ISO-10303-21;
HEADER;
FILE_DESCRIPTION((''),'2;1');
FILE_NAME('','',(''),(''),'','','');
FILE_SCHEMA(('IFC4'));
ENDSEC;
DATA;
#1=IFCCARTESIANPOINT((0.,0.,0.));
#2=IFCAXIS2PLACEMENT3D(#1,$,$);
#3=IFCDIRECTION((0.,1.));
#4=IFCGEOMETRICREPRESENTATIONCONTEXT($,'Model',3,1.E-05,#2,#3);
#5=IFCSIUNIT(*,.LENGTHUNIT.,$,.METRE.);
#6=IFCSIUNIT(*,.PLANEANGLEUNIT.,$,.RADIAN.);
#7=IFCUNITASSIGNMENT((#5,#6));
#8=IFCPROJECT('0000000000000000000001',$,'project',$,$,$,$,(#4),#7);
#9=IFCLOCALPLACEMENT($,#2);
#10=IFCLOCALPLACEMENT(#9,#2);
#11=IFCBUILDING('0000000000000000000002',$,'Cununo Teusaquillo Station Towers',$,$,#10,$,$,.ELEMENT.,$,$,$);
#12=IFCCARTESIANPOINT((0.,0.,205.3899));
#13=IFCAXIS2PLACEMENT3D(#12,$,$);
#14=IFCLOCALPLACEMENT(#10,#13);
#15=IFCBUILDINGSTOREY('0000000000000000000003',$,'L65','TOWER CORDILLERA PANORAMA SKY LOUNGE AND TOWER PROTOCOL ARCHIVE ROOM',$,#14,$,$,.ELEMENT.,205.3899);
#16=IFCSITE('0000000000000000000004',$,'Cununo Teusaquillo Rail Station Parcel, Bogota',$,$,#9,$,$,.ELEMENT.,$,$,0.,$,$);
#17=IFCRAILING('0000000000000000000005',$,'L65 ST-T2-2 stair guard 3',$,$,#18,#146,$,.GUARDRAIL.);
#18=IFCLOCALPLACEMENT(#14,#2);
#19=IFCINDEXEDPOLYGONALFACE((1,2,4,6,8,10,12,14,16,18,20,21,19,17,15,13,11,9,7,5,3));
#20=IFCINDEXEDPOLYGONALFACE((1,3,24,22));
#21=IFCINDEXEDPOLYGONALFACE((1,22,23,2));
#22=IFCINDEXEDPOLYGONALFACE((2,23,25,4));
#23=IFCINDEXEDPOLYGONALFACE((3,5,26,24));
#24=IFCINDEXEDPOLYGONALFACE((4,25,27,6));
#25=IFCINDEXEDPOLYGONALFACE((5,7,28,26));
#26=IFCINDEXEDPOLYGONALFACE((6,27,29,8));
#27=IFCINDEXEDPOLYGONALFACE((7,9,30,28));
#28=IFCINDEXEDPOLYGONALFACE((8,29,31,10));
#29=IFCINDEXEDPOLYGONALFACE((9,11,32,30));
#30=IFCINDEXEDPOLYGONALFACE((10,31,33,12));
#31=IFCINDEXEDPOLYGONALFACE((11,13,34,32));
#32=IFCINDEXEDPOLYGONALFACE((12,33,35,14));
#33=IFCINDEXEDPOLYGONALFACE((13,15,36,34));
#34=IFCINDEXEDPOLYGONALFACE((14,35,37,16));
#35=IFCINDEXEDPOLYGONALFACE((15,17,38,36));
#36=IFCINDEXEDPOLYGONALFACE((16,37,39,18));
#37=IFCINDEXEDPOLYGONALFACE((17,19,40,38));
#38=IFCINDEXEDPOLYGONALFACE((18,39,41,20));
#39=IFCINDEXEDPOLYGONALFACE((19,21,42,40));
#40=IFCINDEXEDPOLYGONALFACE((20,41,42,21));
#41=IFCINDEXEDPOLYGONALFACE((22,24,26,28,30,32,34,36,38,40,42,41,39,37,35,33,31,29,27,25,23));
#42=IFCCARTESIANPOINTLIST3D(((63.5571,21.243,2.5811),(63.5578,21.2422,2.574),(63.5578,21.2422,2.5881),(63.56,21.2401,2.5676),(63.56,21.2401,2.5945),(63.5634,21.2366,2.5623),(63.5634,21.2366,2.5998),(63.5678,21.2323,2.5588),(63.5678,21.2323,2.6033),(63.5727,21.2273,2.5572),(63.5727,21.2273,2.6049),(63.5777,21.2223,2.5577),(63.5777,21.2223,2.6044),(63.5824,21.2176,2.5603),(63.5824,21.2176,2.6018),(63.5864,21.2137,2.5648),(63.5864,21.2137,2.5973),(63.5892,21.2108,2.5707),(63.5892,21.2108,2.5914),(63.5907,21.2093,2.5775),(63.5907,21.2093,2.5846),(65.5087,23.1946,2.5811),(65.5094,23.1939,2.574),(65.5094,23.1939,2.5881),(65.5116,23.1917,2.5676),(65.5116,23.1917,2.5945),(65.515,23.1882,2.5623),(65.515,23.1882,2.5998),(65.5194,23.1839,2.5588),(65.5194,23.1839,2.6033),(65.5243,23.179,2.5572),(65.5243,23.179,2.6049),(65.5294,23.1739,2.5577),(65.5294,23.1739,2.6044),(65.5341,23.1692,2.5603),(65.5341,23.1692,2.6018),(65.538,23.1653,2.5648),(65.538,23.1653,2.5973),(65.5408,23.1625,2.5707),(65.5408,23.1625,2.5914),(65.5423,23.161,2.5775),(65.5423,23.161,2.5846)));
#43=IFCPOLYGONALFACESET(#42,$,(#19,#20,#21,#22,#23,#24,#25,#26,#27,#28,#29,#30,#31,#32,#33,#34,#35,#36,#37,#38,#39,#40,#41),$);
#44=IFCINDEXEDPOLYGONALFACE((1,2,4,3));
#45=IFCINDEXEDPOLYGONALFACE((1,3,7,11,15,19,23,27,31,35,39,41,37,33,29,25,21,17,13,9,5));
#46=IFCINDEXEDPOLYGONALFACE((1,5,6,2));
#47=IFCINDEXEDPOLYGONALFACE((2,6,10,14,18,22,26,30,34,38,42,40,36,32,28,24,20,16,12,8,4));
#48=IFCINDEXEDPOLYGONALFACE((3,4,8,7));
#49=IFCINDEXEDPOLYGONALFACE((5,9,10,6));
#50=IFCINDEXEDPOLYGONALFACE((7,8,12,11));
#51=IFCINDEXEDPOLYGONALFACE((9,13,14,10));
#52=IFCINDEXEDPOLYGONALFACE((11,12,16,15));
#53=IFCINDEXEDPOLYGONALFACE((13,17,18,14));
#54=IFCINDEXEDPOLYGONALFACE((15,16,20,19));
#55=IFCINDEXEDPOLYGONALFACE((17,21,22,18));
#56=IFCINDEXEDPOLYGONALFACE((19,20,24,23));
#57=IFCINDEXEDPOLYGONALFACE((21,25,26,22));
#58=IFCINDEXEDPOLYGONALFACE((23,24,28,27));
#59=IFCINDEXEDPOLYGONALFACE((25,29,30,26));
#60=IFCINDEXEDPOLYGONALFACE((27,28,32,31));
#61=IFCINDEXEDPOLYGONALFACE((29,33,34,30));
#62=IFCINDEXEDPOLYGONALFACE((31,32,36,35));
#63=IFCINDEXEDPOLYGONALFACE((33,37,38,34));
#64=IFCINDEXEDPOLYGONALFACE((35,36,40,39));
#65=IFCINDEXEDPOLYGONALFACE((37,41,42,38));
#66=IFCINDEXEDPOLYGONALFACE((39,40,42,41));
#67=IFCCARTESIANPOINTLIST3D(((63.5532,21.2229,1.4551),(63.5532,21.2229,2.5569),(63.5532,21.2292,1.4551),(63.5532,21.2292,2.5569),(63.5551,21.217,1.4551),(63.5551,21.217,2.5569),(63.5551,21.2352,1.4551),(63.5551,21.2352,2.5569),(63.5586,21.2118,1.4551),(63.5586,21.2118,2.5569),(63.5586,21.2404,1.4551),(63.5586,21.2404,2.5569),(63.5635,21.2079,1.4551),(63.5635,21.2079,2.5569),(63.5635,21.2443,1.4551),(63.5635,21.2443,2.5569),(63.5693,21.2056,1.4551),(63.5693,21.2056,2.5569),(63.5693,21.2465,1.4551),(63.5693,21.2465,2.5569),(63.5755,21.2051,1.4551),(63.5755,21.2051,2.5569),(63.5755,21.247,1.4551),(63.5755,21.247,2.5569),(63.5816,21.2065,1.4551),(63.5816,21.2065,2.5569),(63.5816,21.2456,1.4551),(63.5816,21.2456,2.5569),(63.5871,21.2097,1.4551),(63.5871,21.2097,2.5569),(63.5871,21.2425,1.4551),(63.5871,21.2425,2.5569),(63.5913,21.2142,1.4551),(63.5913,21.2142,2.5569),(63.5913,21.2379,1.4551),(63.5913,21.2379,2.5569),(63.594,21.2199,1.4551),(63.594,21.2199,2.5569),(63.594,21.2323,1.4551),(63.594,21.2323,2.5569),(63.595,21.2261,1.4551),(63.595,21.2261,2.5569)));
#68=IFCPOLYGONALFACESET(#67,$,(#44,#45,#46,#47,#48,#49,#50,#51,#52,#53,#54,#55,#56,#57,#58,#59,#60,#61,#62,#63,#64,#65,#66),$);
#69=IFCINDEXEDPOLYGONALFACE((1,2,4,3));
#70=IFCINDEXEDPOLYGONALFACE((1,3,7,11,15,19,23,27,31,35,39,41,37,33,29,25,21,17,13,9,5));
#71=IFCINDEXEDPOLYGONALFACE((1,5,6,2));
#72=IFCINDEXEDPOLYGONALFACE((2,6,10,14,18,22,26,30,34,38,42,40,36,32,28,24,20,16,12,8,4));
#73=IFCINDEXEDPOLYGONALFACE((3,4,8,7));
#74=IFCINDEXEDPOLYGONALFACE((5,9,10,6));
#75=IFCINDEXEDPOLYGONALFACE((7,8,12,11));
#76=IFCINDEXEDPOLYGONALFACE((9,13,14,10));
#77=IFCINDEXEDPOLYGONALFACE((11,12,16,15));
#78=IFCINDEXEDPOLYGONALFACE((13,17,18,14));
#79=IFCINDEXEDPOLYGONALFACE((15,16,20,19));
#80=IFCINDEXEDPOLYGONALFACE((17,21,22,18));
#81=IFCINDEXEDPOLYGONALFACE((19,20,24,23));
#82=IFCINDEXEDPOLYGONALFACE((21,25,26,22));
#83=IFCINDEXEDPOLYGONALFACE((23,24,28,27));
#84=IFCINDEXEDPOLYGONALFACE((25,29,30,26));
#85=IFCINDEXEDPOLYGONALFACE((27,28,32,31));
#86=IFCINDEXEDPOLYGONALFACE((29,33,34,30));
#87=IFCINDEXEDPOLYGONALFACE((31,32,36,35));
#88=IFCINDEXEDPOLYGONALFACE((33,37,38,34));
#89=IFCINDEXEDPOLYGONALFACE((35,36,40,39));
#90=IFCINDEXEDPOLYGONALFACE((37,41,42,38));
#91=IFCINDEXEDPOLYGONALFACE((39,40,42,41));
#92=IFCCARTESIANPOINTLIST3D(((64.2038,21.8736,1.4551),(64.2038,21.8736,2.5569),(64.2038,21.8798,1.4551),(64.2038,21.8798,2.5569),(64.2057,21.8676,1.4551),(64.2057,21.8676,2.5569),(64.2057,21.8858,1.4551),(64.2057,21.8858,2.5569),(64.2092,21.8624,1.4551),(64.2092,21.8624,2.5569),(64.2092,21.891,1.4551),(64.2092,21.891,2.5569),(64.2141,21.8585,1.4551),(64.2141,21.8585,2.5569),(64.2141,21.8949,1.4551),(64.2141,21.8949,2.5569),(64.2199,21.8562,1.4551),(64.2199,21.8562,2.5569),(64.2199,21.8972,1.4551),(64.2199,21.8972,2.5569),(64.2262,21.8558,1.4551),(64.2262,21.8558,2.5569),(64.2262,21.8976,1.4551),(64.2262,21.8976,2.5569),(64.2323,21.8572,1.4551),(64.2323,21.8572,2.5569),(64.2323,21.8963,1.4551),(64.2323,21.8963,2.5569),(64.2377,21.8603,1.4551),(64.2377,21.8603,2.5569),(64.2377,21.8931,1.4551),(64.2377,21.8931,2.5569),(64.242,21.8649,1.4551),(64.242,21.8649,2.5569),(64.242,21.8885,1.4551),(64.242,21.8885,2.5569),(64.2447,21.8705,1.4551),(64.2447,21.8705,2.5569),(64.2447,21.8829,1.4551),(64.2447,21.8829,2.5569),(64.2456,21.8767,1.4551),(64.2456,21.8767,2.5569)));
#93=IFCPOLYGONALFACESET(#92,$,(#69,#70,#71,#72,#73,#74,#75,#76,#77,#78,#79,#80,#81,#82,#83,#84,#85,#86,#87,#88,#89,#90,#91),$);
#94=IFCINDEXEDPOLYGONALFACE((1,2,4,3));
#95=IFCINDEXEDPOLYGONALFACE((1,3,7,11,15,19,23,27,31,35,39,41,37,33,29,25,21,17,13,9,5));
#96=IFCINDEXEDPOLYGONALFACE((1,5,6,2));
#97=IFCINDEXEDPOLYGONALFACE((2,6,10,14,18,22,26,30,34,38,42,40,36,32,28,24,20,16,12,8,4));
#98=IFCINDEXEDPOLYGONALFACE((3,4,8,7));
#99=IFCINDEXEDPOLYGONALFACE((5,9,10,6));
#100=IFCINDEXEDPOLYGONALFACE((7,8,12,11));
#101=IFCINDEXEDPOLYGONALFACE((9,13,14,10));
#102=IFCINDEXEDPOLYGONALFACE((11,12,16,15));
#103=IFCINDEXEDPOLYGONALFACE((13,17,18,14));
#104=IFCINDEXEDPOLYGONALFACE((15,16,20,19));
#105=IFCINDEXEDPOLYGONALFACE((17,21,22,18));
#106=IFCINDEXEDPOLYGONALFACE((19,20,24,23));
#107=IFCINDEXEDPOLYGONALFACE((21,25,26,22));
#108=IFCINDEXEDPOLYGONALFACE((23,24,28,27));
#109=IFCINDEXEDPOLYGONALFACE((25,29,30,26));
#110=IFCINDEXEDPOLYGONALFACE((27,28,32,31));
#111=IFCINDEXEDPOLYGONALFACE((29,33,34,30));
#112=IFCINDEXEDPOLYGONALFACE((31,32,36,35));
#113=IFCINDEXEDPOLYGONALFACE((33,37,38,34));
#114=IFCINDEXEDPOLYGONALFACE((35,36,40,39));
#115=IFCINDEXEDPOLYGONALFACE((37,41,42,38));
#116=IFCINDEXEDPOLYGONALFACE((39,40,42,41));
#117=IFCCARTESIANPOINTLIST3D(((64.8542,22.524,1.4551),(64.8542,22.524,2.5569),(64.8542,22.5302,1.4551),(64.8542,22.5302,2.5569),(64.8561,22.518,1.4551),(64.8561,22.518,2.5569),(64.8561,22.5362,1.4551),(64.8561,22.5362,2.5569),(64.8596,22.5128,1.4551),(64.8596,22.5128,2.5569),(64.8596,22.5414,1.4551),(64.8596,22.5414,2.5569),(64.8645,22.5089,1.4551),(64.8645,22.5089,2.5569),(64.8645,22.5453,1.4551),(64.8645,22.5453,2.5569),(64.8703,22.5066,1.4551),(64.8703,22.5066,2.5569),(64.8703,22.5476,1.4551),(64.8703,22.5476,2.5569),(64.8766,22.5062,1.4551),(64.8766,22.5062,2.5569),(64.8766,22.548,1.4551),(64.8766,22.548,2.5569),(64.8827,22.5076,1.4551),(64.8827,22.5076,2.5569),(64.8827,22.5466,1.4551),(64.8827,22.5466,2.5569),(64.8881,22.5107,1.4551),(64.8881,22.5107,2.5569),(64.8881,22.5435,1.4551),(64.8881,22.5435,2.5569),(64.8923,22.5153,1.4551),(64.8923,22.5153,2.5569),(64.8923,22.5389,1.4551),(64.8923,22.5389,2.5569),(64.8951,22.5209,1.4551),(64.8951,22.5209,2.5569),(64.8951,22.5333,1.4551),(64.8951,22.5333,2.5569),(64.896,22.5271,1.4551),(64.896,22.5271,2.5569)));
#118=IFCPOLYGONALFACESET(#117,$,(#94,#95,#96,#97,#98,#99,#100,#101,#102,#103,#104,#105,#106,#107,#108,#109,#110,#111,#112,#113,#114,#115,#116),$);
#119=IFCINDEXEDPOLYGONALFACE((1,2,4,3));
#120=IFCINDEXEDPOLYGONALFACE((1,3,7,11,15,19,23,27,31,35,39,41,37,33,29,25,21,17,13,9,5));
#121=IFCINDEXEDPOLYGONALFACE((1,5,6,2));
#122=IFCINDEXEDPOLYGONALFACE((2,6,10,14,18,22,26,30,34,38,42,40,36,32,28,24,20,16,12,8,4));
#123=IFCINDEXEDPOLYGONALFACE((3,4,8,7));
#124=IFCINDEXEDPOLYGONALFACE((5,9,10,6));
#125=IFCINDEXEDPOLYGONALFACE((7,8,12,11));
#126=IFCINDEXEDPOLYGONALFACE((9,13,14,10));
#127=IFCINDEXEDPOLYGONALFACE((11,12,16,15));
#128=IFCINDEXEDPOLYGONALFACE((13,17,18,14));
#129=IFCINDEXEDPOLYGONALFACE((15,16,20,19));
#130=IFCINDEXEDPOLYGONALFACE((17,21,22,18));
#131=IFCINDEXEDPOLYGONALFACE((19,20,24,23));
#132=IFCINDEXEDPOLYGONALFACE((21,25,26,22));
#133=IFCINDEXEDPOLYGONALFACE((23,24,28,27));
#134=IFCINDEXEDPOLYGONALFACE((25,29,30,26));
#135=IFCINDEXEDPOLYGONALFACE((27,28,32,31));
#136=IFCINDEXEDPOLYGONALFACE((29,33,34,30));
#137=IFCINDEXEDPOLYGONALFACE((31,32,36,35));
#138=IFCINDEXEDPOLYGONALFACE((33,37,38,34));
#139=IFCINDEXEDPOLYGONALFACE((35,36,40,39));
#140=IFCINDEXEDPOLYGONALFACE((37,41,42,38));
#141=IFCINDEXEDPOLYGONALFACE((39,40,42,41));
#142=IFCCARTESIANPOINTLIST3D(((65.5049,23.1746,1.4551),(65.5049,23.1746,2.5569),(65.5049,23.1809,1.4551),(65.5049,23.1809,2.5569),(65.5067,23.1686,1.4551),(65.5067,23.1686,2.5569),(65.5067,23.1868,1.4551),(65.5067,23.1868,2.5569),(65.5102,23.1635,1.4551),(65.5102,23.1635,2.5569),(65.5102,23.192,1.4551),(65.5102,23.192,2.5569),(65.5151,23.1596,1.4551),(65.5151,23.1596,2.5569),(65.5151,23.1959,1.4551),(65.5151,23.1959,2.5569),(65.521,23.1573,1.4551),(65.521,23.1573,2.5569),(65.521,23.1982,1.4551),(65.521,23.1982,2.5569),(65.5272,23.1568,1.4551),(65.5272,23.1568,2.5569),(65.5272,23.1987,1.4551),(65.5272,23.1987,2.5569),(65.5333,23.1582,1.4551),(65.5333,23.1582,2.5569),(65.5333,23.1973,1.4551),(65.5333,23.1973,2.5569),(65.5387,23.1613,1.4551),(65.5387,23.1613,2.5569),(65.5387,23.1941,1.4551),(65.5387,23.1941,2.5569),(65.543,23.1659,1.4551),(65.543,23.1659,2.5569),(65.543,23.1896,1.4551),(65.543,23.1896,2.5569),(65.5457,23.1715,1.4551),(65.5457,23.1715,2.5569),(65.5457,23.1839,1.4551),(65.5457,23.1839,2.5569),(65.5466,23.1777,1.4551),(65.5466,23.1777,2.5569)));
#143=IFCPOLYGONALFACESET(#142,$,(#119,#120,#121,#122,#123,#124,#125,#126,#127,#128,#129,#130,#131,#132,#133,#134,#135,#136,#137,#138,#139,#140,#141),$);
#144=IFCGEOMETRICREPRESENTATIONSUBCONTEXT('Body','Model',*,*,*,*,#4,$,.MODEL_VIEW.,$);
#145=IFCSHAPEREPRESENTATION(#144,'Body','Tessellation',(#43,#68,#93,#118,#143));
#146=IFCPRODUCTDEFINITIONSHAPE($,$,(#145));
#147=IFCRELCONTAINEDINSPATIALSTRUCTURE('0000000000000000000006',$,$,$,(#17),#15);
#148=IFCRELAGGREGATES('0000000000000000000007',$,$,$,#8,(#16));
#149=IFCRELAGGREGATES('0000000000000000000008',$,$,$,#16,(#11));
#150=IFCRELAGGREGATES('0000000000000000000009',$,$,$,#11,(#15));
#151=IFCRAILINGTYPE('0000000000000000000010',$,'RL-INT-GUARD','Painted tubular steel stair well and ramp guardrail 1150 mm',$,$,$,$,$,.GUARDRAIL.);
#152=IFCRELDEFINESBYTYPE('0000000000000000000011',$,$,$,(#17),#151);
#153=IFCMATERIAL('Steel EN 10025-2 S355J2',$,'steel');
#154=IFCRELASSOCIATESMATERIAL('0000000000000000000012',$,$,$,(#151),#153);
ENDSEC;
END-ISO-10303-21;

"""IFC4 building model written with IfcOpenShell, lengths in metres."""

from ifc_helpers import new_model, si_unit, direction, frame, origin, origin_2d, place, context, subcontext, project, spatial, circle, extrude, material, type_object, element, save


model = new_model("IFC4")

# Units and contexts
model_context = context("Model", 3, precision=1e-05, world=origin(), true_north=direction((0.0, 1.0)))
body_context = subcontext(model_context, "Body", "Model", "MODEL_VIEW")
ifc_project = project(units=[si_unit("LENGTHUNIT", "METRE"), si_unit("PLANEANGLEUNIT", "RADIAN")], contexts=[model_context])

# Site, building, storey
site_placement = place(None, origin())
site = spatial("IfcSite", under=ifc_project, at=site_placement, Name="Cununo Teusaquillo Rail Station Parcel, Bogota", CompositionType="ELEMENT", RefElevation=0.0)
building_placement = place(site_placement, origin())
building = spatial("IfcBuilding", under=site, at=building_placement, Name="Cununo Teusaquillo Station Towers", CompositionType="ELEMENT")
storey_placement = place(building_placement, frame((0.0, 0.0, 205.3899)))
storey = spatial("IfcBuildingStorey", under=building, at=storey_placement, Name="L65", Description="TOWER CORDILLERA PANORAMA SKY LOUNGE AND TOWER PROTOCOL ARCHIVE ROOM", CompositionType="ELEMENT", Elevation=205.3899)

# Railing
ifc_material_1 = material(Name="Steel EN 10025-2 S355J2", Category="steel")
railing_type = type_object("IfcRailingType", Name="RL-INT-GUARD", Description="Painted tubular steel stair well and ramp guardrail 1150 mm", PredefinedType="GUARDRAIL", material=ifc_material_1)
railing_1_placement = place(storey_placement, frame((63.574, 21.2261, 1.4551)))
element("IfcRailing", 1, at=railing_1_placement, inside=storey, type_object=railing_type, Name="L65 ST-T2-2 stair guard 3", PredefinedType="GUARDRAIL", context=body_context, shape_type="SweptSolid", body=[
    extrude(circle(Radius=0.0239, at=origin_2d()), frame((0.0, 0.0, 1.126), z_axis=(0.707107, 0.707107, 0.0), x_axis=(-0.707107, 0.707107, 0.0)), (0.0, 0.0, 1.0), 2.76),
    extrude(circle(Radius=0.021, at=origin_2d()), origin(), (0.0, 0.0, 1.0), 1.1018),
    extrude(circle(Radius=0.021, at=origin_2d()), frame((0.6506, 0.6506, 0.0)), (0.0, 0.0, 1.0), 1.1018),
    extrude(circle(Radius=0.021, at=origin_2d()), frame((1.301, 1.301, 0.0)), (0.0, 0.0, 1.0), 1.1018),
    extrude(circle(Radius=0.021, at=origin_2d()), frame((1.9517, 1.9517, 0.0)), (0.0, 0.0, 1.0), 1.1018),
])

save(model, "model.ifc")
